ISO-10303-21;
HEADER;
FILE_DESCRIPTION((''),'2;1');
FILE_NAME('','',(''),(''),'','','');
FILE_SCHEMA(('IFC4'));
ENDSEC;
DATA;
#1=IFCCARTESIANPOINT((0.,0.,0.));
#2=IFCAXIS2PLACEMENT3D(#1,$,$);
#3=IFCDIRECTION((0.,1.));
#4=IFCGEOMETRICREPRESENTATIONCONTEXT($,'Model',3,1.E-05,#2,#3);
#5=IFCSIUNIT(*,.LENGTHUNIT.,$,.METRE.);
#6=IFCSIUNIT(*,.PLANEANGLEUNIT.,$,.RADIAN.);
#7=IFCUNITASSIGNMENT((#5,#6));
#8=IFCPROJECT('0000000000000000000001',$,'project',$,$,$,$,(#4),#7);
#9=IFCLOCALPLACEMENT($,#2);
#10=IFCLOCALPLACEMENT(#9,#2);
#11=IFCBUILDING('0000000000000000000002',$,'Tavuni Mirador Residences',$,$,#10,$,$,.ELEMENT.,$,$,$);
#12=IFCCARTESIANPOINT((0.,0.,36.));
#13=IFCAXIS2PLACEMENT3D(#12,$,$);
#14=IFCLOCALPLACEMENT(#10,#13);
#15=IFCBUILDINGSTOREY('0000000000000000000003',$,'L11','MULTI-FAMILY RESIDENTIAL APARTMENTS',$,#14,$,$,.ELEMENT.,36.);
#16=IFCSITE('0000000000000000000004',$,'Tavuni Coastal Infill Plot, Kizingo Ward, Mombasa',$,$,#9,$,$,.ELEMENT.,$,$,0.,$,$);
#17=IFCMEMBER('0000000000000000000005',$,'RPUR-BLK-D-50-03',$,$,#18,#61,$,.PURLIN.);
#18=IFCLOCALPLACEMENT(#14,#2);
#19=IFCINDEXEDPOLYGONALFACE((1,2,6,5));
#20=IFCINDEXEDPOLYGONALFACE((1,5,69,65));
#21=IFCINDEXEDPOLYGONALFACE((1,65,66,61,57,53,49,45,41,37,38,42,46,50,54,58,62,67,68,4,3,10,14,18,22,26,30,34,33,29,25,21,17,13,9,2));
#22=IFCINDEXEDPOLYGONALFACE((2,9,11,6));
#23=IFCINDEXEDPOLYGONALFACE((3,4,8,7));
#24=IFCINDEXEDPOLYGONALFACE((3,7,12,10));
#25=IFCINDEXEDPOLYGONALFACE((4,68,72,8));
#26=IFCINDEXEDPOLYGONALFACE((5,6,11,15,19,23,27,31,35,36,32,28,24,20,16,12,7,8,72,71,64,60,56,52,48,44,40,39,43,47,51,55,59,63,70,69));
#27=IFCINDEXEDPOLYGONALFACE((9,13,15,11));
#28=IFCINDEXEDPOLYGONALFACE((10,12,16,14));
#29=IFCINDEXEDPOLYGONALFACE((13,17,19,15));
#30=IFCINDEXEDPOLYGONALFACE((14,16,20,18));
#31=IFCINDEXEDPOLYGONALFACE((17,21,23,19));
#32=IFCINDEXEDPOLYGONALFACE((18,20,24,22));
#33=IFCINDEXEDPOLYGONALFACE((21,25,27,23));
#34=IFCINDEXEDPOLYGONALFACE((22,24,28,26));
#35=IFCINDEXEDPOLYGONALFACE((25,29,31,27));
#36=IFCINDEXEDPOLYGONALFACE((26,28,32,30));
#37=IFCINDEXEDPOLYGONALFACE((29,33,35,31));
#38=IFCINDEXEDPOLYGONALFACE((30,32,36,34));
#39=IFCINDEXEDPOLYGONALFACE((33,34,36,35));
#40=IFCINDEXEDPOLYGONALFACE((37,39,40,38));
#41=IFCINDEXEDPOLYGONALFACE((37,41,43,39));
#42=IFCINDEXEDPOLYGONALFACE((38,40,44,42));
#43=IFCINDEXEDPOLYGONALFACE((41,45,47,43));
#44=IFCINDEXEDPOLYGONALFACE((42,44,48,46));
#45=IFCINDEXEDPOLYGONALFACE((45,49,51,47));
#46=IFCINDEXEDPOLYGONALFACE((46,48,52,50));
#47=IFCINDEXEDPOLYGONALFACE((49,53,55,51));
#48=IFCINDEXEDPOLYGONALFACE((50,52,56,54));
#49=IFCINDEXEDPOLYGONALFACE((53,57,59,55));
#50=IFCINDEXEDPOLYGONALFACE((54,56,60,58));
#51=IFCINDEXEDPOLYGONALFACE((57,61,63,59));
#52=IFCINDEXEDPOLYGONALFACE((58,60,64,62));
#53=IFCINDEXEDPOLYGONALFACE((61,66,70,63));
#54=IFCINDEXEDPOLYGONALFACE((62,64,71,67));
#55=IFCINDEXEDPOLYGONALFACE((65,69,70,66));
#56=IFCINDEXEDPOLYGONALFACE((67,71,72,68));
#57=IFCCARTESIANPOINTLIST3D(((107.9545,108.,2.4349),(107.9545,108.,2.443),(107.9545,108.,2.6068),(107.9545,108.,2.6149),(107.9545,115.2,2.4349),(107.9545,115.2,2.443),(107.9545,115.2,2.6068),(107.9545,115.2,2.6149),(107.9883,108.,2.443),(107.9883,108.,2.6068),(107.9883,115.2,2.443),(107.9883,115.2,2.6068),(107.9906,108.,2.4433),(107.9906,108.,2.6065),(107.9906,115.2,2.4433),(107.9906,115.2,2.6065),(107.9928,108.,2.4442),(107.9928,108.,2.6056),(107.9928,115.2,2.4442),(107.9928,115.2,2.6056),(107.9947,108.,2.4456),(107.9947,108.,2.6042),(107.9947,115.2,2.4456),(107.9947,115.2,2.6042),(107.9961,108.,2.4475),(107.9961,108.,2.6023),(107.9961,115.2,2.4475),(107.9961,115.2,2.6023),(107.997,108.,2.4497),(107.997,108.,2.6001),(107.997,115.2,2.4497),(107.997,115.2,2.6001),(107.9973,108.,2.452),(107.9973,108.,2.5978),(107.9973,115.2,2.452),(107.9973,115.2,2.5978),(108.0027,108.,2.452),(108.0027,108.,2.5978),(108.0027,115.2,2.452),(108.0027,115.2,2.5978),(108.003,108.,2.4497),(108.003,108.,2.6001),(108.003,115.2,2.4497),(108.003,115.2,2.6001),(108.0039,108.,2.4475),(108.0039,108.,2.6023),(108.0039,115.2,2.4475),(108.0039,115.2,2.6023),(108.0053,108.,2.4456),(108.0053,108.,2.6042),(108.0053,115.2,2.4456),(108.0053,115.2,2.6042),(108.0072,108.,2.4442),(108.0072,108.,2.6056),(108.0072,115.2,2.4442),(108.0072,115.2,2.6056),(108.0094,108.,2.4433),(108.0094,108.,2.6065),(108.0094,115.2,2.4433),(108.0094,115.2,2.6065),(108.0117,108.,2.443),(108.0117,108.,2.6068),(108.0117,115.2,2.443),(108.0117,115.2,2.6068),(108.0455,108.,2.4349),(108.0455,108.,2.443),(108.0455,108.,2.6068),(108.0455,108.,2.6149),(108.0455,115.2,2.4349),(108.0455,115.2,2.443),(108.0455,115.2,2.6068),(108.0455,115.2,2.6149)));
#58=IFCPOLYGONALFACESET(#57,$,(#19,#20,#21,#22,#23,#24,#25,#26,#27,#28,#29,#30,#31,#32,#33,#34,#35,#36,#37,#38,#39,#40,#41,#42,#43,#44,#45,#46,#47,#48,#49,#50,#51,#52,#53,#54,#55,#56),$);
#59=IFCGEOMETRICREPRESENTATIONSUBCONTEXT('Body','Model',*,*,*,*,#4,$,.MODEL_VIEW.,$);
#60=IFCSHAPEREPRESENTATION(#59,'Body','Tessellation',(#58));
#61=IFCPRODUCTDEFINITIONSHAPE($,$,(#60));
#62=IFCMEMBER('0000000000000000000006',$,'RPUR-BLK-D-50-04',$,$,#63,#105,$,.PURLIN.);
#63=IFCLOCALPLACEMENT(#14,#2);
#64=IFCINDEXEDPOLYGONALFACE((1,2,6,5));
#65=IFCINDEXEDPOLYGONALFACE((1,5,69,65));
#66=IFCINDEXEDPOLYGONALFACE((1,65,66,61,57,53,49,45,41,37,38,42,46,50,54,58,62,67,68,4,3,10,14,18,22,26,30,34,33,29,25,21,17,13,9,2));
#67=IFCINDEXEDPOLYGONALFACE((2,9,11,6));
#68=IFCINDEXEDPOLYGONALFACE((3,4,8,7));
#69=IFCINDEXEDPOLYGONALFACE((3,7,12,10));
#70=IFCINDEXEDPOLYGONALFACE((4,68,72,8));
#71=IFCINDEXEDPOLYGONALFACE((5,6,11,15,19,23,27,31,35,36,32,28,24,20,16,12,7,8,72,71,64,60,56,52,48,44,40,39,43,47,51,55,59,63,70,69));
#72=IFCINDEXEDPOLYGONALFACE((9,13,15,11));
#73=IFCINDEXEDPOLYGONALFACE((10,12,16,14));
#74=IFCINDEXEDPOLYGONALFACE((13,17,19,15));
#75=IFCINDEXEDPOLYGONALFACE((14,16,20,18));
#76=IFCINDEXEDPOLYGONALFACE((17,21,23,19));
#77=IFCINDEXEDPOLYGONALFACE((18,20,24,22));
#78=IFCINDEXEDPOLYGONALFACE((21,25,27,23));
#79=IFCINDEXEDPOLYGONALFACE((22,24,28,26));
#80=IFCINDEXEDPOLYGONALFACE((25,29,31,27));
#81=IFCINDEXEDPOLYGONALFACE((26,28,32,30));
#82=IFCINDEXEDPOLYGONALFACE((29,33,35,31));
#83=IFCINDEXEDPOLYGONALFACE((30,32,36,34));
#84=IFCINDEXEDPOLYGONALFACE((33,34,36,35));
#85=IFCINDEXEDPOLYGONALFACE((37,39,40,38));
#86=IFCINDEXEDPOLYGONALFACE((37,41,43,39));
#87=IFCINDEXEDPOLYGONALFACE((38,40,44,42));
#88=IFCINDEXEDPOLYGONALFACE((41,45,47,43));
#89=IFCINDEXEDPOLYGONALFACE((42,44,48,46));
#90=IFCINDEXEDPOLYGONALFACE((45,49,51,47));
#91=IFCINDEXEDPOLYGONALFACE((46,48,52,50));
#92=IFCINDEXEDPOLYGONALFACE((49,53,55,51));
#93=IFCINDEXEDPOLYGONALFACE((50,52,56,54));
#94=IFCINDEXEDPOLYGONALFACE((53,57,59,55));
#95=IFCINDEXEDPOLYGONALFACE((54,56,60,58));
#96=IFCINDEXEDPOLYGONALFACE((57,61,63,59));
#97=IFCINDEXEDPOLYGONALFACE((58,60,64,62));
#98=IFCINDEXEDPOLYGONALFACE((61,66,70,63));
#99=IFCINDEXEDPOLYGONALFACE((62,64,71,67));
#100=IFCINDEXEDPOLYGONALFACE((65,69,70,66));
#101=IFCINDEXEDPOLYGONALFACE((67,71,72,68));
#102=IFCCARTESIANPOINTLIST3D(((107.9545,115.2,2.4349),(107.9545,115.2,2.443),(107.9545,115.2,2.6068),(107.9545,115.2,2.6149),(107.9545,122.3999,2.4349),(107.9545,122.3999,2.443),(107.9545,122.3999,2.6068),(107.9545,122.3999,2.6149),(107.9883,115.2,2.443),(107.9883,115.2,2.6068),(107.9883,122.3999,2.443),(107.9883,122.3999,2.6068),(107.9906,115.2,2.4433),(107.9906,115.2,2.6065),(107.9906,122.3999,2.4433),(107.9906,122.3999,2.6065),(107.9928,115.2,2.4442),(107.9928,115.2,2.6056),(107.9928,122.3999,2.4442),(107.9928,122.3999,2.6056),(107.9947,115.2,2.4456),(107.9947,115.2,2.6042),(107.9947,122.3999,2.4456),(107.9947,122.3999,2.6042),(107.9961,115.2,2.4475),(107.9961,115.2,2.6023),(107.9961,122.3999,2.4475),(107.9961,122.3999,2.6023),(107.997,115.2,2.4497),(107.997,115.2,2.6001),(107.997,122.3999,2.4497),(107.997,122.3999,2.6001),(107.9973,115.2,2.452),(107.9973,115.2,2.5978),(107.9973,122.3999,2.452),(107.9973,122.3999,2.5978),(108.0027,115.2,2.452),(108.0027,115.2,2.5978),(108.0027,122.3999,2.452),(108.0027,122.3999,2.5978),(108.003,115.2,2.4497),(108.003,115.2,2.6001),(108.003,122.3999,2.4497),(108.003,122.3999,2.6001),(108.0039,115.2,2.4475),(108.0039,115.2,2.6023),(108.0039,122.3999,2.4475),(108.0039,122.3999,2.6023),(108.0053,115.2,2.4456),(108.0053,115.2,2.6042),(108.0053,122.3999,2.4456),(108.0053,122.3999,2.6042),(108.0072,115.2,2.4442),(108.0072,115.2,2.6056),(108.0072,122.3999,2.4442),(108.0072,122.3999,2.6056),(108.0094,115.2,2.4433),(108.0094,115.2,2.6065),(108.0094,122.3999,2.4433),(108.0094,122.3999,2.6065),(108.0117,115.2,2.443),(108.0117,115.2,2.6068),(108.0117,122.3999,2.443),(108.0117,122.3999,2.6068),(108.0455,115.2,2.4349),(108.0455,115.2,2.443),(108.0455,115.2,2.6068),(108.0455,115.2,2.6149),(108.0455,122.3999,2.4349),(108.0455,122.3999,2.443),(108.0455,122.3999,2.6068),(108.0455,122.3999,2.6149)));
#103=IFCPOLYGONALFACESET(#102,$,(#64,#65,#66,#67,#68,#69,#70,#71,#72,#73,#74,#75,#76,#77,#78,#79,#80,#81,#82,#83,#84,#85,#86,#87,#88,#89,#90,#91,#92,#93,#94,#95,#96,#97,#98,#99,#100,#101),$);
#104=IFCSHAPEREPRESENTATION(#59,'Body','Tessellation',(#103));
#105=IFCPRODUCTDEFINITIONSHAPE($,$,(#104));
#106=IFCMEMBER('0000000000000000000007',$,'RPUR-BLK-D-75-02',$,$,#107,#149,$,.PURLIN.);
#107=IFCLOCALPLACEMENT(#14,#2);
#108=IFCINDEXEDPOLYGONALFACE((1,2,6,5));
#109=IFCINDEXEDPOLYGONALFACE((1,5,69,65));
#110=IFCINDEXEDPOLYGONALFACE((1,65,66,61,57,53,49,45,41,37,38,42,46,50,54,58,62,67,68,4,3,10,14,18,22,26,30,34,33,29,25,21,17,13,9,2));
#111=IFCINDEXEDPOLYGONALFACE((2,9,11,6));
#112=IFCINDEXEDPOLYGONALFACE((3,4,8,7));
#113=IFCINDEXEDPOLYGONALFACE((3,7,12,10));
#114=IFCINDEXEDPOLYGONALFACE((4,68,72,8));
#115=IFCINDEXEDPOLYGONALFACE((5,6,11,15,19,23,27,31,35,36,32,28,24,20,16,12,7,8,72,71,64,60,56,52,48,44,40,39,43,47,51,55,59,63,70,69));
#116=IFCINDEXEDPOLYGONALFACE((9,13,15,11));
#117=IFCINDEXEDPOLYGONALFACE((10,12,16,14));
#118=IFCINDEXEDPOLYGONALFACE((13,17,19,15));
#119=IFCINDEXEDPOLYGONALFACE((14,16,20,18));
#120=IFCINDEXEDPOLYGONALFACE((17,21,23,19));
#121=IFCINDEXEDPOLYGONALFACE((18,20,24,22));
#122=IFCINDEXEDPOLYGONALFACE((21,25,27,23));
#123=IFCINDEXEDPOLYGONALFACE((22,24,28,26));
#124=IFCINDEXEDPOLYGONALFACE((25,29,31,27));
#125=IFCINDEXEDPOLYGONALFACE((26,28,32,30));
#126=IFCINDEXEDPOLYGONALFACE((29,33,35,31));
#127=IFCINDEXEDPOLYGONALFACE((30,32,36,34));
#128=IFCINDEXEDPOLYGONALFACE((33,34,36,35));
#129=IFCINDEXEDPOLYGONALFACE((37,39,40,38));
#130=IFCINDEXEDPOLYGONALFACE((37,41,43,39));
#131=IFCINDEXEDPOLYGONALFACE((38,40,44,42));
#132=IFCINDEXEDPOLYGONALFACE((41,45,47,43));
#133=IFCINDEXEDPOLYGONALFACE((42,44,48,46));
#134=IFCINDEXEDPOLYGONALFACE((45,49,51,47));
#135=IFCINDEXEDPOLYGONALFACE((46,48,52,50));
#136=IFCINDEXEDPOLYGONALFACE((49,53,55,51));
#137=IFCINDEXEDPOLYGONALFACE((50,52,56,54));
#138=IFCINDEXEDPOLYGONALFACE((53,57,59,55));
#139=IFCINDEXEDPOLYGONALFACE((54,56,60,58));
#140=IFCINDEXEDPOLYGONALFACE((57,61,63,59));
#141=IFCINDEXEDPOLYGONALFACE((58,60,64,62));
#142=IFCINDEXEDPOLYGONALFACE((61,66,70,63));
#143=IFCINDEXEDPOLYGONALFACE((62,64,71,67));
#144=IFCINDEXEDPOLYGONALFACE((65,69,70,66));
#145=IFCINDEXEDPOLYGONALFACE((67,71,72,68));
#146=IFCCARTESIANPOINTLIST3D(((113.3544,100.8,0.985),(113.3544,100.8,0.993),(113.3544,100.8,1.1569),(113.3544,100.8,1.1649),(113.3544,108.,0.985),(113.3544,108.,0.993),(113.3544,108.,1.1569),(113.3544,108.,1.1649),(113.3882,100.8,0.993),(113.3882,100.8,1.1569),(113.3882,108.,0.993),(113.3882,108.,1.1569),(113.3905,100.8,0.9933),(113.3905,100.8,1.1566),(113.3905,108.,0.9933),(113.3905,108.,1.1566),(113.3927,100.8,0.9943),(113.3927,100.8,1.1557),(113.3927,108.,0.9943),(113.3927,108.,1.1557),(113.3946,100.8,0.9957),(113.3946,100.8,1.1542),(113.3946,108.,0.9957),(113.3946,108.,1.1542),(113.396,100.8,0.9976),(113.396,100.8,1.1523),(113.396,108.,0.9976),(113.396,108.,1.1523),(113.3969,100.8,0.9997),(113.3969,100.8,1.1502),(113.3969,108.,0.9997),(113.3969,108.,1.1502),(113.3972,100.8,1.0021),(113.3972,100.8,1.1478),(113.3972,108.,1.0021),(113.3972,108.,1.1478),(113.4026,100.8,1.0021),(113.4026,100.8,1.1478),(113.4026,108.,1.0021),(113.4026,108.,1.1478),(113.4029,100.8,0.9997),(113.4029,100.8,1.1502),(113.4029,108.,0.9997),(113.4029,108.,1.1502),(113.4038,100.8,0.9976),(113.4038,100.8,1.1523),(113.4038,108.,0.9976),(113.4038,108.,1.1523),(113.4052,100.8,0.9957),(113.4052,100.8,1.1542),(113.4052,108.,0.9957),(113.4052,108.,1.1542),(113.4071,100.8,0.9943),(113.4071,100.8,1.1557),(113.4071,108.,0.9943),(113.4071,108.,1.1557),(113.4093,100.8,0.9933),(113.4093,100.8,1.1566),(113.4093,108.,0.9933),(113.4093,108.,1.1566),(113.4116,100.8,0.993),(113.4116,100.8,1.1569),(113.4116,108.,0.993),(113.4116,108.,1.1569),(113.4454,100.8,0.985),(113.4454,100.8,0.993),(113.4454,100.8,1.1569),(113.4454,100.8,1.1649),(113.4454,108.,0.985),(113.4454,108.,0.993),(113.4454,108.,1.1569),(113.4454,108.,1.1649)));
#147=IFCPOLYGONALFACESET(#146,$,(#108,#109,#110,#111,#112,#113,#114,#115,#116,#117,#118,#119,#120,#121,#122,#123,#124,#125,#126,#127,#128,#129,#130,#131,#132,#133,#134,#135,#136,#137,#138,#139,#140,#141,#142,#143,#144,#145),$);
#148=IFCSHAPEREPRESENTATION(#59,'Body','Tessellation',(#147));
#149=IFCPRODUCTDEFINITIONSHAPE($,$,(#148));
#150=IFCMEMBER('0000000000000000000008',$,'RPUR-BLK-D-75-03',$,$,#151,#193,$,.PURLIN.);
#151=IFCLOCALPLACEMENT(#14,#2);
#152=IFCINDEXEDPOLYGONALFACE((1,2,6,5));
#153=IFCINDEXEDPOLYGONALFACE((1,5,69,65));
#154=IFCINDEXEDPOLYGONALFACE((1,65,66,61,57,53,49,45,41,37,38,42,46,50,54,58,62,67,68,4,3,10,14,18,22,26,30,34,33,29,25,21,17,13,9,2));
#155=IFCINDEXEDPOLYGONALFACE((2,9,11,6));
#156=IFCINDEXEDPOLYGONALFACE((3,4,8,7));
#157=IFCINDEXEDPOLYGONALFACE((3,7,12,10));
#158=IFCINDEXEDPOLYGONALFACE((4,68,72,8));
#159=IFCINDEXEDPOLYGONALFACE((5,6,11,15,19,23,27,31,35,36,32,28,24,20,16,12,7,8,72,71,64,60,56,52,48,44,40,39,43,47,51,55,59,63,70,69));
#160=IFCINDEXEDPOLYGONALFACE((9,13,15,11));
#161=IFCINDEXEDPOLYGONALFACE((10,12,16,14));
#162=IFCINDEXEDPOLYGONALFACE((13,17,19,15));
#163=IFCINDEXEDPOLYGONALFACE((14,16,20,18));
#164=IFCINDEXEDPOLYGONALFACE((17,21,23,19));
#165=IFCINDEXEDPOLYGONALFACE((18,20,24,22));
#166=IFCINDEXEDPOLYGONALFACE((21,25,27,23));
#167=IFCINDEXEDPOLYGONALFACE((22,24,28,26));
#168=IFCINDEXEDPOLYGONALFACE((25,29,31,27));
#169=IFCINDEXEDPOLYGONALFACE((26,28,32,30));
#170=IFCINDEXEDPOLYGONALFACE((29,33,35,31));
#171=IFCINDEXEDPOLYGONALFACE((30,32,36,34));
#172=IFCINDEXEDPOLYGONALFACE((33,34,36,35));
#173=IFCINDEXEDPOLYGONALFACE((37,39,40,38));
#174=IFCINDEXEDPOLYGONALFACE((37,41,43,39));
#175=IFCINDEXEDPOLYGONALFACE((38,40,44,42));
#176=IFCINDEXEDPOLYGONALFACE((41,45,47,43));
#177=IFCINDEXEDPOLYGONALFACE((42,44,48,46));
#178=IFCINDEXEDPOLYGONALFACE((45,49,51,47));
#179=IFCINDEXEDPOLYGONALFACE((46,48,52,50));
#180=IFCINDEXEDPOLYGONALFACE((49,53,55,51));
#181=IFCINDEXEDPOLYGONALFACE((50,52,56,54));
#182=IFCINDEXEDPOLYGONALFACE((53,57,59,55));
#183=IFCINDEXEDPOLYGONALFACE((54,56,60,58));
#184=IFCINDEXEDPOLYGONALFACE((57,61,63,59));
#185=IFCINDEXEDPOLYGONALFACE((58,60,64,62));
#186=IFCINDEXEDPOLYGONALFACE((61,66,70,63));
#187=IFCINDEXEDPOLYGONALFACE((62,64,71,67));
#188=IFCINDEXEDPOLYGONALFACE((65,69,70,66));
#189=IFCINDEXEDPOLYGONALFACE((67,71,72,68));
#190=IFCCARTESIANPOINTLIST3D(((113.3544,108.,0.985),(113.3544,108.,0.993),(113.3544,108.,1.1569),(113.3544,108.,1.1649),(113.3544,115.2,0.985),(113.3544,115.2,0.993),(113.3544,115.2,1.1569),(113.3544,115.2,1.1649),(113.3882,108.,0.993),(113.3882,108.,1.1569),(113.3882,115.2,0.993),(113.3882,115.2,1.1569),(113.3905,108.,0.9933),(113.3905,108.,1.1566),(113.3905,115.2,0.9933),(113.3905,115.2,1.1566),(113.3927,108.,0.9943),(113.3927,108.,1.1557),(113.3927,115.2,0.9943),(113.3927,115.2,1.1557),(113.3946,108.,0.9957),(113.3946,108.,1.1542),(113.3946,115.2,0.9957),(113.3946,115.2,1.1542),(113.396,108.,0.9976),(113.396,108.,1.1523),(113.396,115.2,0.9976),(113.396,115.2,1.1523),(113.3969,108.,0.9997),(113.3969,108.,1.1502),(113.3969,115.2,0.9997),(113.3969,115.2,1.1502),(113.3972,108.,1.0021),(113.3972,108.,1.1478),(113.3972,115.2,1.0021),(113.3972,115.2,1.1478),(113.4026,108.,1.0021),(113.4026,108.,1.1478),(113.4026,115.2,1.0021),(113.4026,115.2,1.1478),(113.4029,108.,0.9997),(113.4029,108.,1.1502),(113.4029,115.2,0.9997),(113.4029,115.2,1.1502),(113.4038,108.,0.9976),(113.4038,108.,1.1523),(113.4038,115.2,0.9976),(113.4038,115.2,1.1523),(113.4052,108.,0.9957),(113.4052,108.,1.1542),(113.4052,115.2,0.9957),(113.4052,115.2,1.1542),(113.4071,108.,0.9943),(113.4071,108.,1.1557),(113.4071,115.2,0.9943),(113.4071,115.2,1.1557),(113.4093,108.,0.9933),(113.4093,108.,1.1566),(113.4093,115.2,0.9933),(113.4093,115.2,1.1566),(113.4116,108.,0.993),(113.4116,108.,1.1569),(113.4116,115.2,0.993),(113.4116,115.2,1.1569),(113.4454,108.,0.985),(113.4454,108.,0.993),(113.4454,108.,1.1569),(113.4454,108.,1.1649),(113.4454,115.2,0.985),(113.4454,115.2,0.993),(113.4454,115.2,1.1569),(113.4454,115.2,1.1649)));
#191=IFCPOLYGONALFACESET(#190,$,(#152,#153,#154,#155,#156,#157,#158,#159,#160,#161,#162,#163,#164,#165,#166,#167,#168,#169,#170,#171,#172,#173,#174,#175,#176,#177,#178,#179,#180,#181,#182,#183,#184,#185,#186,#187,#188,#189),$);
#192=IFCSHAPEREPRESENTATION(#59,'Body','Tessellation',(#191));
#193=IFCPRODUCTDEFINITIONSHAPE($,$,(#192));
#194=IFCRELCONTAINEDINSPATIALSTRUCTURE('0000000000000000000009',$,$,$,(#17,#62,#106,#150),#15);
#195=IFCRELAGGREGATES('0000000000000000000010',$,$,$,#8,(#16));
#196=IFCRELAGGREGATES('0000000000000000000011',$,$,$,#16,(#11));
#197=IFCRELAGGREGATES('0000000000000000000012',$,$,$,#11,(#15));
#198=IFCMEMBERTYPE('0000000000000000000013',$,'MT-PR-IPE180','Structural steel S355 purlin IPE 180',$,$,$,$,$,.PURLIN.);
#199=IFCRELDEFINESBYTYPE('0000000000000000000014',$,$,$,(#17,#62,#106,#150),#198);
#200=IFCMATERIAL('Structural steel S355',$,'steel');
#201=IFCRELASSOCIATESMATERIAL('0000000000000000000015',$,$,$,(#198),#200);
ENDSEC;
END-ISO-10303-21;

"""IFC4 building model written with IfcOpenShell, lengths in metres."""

from ifc_helpers import new_model, si_unit, direction, frame, origin, origin_2d, place, context, subcontext, project, spatial, i_section, extrude, material, material_profile, profile_set, type_object, element, save


model = new_model("IFC4")

# Units and contexts
model_context = context("Model", 3, precision=1e-05, world=origin(), true_north=direction((0.0, 1.0)))
body_context = subcontext(model_context, "Body", "Model", "MODEL_VIEW")
ifc_project = project(units=[si_unit("LENGTHUNIT", "METRE"), si_unit("PLANEANGLEUNIT", "RADIAN")], contexts=[model_context])

# Site, building, storey
site_placement = place(None, origin())
site = spatial("IfcSite", under=ifc_project, at=site_placement, Name="Tavuni Coastal Infill Plot, Kizingo Ward, Mombasa", CompositionType="ELEMENT", RefElevation=0.0)
building_placement = place(site_placement, origin())
building = spatial("IfcBuilding", under=site, at=building_placement, Name="Tavuni Mirador Residences", CompositionType="ELEMENT")
storey_placement = place(building_placement, frame((0.0, 0.0, 36.0)))
storey = spatial("IfcBuildingStorey", under=building, at=storey_placement, Name="L11", Description="MULTI-FAMILY RESIDENTIAL APARTMENTS", CompositionType="ELEMENT", Elevation=36.0)

# Members
ifc_material_1 = material(Name="Structural steel S355", Category="steel")
ifc_material_profile_1 = material_profile(ifc_material_1, i_section(OverallWidth=0.0911, OverallDepth=0.1799, WebThickness=0.0054, FlangeThickness=0.0081, FilletRadius=0.009, at=origin_2d()), Name="IPE 180", Category="steel")
ifc_profile_set_1 = profile_set([ifc_material_profile_1], Name="Structural steel S355")
member_type_1 = type_object("IfcMemberType", Name="MT-PR-IPE180", Description="Structural steel S355 purlin IPE 180", PredefinedType="PURLIN", material=ifc_profile_set_1)
for number, where, z_axis, x_axis, name in (
    (1, (108.0, 108.0, 2.5249), (0.0, 1.0, 0.0), (-1.0, 0.0, 0.0), "RPUR-BLK-D-50-03"),
    (2, (108.0, 115.2, 2.5249), (0.0, 1.0, 0.0), (-1.0, 0.0, 0.0), "RPUR-BLK-D-50-04"),
    (3, (113.3999, 100.8, 1.075), (0.0, 1.0, 0.0), (-1.0, 0.0, 0.0), "RPUR-BLK-D-75-02"),
    (4, (113.3999, 108.0, 1.075), (0.0, 1.0, 0.0), (-1.0, 0.0, 0.0), "RPUR-BLK-D-75-03"),
):
    element("IfcMember", number, at=place(storey_placement, frame(where, z_axis=z_axis, x_axis=x_axis)), inside=storey, type_object=member_type_1, Name=name, PredefinedType="PURLIN", context=body_context, shape_type="SweptSolid", body=[
        extrude(i_section(OverallWidth=0.0911, OverallDepth=0.1799, WebThickness=0.0054, FlangeThickness=0.0081, FilletRadius=0.009, at=origin_2d()), origin(), (0.0, 0.0, 1.0), 7.2),
    ])

save(model, "model.ifc")
